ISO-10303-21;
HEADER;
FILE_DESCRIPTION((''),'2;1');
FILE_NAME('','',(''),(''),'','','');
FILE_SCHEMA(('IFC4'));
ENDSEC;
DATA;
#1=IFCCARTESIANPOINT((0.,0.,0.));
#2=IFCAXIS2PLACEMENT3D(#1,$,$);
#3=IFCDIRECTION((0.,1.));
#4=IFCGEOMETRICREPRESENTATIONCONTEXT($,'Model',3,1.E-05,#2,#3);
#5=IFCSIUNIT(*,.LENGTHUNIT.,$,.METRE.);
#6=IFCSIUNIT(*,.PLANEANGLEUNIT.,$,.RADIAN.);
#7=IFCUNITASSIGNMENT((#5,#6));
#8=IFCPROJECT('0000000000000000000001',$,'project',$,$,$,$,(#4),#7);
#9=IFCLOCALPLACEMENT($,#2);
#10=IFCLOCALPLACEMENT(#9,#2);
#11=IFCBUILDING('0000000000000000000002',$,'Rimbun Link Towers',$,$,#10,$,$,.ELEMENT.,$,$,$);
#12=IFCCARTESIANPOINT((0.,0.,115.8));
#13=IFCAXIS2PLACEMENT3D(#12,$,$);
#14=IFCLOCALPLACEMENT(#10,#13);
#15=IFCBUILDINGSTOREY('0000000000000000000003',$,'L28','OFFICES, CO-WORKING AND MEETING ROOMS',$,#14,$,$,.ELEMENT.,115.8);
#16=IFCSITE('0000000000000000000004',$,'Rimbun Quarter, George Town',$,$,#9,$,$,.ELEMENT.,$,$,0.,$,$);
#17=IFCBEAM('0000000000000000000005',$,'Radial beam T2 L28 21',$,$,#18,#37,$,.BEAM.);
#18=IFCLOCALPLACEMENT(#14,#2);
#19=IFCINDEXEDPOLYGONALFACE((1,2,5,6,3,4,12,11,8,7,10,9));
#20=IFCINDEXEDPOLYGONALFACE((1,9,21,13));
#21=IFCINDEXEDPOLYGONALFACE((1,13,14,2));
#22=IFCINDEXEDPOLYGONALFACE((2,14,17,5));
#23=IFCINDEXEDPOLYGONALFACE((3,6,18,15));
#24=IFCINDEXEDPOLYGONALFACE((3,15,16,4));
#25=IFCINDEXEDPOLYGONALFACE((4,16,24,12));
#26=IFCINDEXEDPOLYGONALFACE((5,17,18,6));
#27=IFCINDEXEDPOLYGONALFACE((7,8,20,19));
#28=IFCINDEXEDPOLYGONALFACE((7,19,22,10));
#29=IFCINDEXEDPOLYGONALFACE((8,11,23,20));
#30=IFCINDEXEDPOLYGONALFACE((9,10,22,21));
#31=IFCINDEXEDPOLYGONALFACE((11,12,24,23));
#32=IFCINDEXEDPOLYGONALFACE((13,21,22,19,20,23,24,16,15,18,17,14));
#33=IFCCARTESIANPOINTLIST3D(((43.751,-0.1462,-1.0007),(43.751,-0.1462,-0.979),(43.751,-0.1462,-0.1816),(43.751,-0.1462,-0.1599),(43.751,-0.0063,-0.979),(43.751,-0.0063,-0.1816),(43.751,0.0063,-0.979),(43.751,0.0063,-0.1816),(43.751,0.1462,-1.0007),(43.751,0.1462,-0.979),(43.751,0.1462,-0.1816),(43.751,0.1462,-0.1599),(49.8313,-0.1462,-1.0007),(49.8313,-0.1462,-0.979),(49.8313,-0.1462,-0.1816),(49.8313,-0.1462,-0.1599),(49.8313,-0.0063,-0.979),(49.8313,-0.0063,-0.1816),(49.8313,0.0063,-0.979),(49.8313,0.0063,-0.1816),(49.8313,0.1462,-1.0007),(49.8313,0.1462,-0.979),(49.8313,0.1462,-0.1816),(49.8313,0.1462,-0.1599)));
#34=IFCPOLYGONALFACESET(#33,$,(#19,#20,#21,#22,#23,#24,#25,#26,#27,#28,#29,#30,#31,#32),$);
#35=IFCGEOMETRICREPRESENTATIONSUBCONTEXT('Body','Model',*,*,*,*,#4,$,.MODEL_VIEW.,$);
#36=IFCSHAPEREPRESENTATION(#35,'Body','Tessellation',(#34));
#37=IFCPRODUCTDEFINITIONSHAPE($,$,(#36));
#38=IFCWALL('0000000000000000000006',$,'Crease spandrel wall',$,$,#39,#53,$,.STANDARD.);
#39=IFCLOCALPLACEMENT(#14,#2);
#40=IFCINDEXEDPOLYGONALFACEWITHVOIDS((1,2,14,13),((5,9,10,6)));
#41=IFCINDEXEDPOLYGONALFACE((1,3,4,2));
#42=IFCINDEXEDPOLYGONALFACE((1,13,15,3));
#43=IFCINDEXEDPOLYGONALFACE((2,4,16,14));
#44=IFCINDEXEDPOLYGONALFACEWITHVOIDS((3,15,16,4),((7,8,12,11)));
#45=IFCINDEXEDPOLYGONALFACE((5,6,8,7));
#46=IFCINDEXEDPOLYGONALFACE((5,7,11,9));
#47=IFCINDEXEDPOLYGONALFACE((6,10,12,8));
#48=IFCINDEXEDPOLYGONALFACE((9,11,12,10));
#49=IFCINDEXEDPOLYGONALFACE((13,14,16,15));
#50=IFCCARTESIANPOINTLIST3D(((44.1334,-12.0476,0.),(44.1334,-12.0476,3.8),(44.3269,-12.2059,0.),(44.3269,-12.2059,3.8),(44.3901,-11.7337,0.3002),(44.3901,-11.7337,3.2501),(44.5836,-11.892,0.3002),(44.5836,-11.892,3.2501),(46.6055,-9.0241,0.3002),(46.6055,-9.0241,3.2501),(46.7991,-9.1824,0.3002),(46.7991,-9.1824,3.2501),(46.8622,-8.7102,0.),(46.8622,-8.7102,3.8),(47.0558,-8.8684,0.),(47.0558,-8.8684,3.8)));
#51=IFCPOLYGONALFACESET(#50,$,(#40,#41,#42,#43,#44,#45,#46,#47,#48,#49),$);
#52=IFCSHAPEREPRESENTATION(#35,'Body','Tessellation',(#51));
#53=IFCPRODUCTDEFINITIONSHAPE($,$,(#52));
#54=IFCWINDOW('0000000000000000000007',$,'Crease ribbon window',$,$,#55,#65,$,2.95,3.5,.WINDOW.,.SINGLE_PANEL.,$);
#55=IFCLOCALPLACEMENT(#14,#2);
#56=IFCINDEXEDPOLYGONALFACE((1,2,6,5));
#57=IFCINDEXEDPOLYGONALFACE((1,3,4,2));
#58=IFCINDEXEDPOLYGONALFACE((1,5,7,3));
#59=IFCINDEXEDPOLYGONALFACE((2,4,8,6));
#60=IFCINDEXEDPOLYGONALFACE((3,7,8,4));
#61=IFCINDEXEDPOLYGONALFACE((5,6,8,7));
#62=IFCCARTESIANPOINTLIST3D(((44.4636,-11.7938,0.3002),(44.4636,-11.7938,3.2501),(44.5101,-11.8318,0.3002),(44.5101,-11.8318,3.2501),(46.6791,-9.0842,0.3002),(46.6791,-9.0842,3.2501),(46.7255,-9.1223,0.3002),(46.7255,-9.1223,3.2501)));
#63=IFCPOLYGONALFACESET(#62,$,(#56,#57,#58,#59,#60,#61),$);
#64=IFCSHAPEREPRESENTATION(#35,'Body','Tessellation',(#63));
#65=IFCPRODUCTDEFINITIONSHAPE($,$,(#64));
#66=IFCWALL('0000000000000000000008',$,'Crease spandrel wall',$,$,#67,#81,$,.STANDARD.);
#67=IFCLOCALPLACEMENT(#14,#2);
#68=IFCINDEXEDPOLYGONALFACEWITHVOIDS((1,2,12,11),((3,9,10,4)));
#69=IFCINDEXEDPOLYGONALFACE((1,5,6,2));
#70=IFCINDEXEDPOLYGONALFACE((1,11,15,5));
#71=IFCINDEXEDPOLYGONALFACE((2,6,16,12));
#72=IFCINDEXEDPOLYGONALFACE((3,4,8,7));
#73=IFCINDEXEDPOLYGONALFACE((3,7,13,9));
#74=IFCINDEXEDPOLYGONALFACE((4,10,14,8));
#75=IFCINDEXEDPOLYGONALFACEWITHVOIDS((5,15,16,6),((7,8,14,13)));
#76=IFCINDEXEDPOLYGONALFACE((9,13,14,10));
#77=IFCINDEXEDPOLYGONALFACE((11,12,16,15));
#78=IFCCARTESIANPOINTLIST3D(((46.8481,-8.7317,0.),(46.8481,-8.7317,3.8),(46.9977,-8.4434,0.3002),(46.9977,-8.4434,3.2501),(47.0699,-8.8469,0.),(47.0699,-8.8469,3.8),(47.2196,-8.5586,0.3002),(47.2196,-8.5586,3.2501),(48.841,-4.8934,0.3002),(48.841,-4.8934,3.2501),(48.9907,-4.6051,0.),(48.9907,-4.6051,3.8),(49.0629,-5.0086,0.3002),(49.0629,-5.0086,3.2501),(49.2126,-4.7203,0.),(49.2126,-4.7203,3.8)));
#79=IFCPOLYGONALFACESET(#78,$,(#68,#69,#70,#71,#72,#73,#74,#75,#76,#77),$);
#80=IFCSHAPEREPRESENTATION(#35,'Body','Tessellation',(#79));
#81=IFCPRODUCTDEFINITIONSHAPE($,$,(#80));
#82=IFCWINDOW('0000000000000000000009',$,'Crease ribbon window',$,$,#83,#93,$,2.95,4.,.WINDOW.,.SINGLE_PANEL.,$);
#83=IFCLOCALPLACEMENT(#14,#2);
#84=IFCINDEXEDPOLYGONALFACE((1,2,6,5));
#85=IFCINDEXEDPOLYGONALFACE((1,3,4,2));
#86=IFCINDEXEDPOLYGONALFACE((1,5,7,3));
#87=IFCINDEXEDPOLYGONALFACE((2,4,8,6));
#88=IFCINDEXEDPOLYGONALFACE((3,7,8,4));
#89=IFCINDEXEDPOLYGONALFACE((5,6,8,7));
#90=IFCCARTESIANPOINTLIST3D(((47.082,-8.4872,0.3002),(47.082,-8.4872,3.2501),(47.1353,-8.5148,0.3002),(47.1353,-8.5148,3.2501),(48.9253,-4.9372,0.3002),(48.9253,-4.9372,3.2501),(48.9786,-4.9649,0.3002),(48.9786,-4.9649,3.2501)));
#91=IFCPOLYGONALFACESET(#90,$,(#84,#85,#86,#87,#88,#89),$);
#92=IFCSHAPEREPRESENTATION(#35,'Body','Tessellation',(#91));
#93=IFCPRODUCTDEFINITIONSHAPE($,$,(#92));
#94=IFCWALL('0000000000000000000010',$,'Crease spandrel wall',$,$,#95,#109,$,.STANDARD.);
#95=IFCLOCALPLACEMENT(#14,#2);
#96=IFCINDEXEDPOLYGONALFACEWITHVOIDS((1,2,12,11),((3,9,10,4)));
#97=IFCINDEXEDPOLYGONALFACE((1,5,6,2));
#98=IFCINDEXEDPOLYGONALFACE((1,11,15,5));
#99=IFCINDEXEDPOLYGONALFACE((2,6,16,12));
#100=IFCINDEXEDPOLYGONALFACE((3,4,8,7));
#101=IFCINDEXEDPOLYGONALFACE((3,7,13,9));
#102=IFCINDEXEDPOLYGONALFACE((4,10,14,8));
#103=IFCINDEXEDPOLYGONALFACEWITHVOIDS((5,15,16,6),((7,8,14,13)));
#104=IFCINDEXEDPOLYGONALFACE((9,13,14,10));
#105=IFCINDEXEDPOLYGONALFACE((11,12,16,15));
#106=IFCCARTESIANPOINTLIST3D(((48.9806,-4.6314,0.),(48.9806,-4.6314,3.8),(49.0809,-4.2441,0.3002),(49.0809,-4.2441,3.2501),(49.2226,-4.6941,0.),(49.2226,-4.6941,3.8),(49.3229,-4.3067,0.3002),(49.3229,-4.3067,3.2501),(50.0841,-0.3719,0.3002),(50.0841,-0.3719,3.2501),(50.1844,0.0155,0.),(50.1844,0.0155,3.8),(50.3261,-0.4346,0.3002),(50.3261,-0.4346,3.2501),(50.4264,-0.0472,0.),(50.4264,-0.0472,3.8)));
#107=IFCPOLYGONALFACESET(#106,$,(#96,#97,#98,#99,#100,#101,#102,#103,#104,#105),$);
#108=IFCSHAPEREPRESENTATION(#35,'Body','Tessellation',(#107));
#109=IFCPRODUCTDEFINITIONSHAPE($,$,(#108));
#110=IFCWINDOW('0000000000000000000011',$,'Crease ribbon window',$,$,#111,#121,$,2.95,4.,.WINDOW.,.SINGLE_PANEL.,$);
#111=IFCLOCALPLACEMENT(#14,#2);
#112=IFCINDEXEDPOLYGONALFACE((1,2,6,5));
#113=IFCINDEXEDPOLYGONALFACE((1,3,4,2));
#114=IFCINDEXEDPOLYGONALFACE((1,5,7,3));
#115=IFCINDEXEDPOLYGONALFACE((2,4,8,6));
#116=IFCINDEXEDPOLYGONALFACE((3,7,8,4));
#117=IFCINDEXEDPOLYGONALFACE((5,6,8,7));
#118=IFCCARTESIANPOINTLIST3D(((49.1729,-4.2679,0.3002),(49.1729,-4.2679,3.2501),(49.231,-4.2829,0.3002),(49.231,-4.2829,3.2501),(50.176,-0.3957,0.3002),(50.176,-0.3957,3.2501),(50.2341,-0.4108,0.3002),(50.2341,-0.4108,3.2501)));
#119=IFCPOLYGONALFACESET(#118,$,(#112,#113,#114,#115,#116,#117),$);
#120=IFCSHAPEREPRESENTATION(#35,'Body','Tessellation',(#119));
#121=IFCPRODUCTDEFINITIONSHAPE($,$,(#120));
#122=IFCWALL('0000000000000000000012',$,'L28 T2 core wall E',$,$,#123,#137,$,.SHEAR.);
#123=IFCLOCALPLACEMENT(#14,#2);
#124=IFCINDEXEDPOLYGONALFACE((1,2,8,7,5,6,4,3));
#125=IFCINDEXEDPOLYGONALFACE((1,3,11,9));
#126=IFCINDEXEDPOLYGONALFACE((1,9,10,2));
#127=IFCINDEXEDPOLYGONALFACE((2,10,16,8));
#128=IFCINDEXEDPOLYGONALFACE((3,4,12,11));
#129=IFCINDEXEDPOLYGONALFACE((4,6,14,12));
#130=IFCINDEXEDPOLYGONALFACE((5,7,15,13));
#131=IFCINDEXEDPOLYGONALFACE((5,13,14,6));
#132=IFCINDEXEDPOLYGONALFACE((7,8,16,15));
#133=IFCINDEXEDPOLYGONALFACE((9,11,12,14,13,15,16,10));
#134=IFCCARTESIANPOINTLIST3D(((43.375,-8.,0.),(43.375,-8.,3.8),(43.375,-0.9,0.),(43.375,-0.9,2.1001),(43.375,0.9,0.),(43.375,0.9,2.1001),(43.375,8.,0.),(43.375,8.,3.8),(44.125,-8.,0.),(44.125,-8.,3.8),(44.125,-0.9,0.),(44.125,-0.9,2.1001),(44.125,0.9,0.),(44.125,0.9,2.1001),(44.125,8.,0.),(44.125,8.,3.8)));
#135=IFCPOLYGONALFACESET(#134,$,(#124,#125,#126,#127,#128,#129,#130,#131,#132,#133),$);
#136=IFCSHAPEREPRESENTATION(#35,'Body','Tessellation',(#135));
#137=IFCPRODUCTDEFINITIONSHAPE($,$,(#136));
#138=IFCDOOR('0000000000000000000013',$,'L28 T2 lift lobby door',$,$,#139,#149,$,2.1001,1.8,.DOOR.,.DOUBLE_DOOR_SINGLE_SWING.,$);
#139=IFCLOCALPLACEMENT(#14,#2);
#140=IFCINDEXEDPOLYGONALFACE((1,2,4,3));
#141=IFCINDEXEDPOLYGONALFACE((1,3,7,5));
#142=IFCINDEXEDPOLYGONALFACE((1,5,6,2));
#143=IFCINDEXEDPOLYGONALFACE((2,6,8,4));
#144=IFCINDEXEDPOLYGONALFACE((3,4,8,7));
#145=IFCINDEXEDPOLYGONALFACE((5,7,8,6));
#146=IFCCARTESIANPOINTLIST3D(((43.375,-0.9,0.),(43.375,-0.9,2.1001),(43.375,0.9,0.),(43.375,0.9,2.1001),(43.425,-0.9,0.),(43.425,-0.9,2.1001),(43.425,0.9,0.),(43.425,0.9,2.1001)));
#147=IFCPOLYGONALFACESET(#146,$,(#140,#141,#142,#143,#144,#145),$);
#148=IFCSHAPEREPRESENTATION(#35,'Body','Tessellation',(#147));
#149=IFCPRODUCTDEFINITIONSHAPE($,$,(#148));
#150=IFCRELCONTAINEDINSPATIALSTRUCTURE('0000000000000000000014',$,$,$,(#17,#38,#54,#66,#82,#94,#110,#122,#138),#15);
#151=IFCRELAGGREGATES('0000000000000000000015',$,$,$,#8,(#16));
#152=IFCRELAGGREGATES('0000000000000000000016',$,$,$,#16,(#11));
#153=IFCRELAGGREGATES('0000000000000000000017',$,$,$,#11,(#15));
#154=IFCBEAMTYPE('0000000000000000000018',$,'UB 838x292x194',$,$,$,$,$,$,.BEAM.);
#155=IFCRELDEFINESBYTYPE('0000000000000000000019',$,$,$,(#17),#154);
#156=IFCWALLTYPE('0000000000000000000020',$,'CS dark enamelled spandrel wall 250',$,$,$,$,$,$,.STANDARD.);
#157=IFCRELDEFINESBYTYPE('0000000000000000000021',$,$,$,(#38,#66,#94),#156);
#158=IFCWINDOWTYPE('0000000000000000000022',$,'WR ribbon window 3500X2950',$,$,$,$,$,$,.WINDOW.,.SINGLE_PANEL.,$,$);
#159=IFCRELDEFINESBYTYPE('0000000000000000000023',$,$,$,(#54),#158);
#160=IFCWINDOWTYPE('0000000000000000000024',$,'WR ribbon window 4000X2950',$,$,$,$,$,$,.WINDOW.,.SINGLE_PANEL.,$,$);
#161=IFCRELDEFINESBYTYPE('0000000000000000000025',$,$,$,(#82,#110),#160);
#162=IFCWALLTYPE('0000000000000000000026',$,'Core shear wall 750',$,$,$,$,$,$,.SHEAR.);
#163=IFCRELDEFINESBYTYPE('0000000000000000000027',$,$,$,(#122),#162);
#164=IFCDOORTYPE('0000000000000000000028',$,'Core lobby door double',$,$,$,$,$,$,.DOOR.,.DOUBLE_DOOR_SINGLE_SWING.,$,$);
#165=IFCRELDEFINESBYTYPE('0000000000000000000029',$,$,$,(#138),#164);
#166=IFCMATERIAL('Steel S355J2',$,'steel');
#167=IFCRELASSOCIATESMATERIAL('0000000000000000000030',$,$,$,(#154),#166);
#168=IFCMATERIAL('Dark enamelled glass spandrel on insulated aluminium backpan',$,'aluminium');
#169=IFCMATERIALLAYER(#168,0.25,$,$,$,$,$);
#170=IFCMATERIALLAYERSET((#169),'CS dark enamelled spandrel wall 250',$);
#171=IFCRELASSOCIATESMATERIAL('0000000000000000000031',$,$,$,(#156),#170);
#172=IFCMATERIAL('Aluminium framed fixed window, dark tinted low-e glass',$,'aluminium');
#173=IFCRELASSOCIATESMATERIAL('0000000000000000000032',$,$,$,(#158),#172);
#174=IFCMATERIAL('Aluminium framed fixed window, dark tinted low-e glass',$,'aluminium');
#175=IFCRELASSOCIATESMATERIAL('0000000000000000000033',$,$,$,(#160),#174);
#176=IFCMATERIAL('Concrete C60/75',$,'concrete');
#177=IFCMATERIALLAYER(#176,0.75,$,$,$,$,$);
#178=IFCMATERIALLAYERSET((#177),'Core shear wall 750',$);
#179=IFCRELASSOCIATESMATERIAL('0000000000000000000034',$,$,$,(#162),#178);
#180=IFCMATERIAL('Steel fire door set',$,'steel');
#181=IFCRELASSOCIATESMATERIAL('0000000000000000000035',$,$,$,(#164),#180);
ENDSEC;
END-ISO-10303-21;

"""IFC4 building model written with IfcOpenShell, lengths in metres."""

from ifc_helpers import new_model, si_unit, direction, frame, frame_2d, origin, origin_2d, place, context, subcontext, project, spatial, rectangle, i_section, extrude, material, layer, layer_set, material_profile, profile_set, type_object, element, fill, save


model = new_model("IFC4")

# Units and contexts
model_context = context("Model", 3, precision=1e-05, world=origin(), true_north=direction((0.0, 1.0)))
body_context = subcontext(model_context, "Body", "Model", "MODEL_VIEW")
ifc_project = project(units=[si_unit("LENGTHUNIT", "METRE"), si_unit("PLANEANGLEUNIT", "RADIAN")], contexts=[model_context])

# Site, building, storey
site_placement = place(None, origin())
site = spatial("IfcSite", under=ifc_project, at=site_placement, Name="Rimbun Quarter, George Town", CompositionType="ELEMENT", RefElevation=0.0)
building_placement = place(site_placement, origin())
building = spatial("IfcBuilding", under=site, at=building_placement, Name="Rimbun Link Towers", CompositionType="ELEMENT")
storey_placement = place(building_placement, frame((0.0, 0.0, 115.8)))
storey = spatial("IfcBuildingStorey", under=building, at=storey_placement, Name="L28", Description="OFFICES, CO-WORKING AND MEETING ROOMS", CompositionType="ELEMENT", Elevation=115.8)

# Beam
ifc_material_1 = material(Name="Steel S355J2", Category="steel")
ifc_material_profile_1 = material_profile(ifc_material_1, i_section(OverallWidth=0.2925, OverallDepth=0.8408, WebThickness=0.0127, FlangeThickness=0.0217, at=origin_2d()), Name="UB 838x292x194")
ifc_profile_set_1 = profile_set([ifc_material_profile_1], Name="Steel S355J2")
beam_type_1 = type_object("IfcBeamType", Name="UB 838x292x194", PredefinedType="BEAM", material=ifc_profile_set_1)
beam_1_placement = place(storey_placement, frame((43.751, 0.0, -0.5803), z_axis=(1.0, 0.0, 0.0), x_axis=(0.0, 1.0, 0.0)))
element("IfcBeam", 1, at=beam_1_placement, inside=storey, type_object=beam_type_1, Name="Radial beam T2 L28 21", PredefinedType="BEAM", context=body_context, shape_type="SweptSolid", body=[
    extrude(i_section(OverallWidth=0.2925, OverallDepth=0.8408, WebThickness=0.0127, FlangeThickness=0.0217, at=origin_2d()), origin(), (0.0, 0.0, 1.0), 6.0803),
])

# Walls, openings, windows
ifc_material_2 = material(Name="Dark enamelled glass spandrel on insulated aluminium backpan", Category="aluminium")
ifc_layer_1 = layer(ifc_material_2, 0.25)
ifc_layer_set_1 = layer_set([ifc_layer_1], Name="CS dark enamelled spandrel wall 250")
wall_type_1 = type_object("IfcWallType", Name="CS dark enamelled spandrel wall 250", PredefinedType="STANDARD", material=ifc_layer_set_1)
wall_1_placement = place(storey_placement, frame((46.959, -8.7893, 0.0), z_axis=(0.0, 0.0, 1.0), x_axis=(-0.632982, -0.774167, 0.0)))
wall_1 = element("IfcWall", 2, at=wall_1_placement, inside=storey, type_object=wall_type_1, Name="Crease spandrel wall", PredefinedType="STANDARD", context=body_context, shape_type="SweptSolid", body=[
    extrude(rectangle(XDim=4.311, YDim=0.25, at=frame_2d((2.1555, 0.0))), origin(), (0.0, 0.0, 1.0), 3.8),
])
opening_1_placement = place(wall_1_placement, frame((0.4055, 0.0, 0.3)))
opening_1 = element("IfcOpeningElement", 3, at=opening_1_placement, cuts=wall_1, PredefinedType="OPENING", context=body_context, shape_type="SweptSolid", body=[
    extrude(rectangle(XDim=3.5, YDim=2.95, at=frame_2d((1.75, 1.4751))), frame((0.0, 0.135, 0.0), z_axis=(0.0, -1.0, 0.0), x_axis=(1.0, 0.0, 0.0)), (0.0, 0.0, 1.0), 0.27),
])
ifc_material_3 = material(Name="Aluminium framed fixed window, dark tinted low-e glass", Category="aluminium")
window_type_1 = type_object("IfcWindowType", Name="WR ribbon window 3500X2950", PartitioningType="SINGLE_PANEL", PredefinedType="WINDOW", material=ifc_material_3)
window_1_placement = place(opening_1_placement, origin())
window_1 = element("IfcWindow", 4, at=window_1_placement, inside=storey, type_object=window_type_1, Name="Crease ribbon window", OverallHeight=2.95, OverallWidth=3.5, PartitioningType="SINGLE_PANEL", PredefinedType="WINDOW", context=body_context, shape_type="SweptSolid", body=[
    extrude(rectangle(XDim=3.5, YDim=2.95, at=frame_2d((1.75, 1.4751))), frame((0.0, 0.03, 0.0), z_axis=(0.0, -1.0, 0.0), x_axis=(1.0, 0.0, 0.0)), (0.0, 0.0, 1.0), 0.0601),
])
fill(opening_1, window_1)
wall_2_placement = place(storey_placement, frame((49.1016, -4.6628, 0.0), z_axis=(0.0, 0.0, 1.0), x_axis=(-0.460814, -0.887497, 0.0)))
wall_2 = element("IfcWall", 5, at=wall_2_placement, inside=storey, type_object=wall_type_1, Name="Crease spandrel wall", PredefinedType="STANDARD", context=body_context, shape_type="SweptSolid", body=[
    extrude(rectangle(XDim=4.6497, YDim=0.25, at=frame_2d((2.3247, 0.0))), origin(), (0.0, 0.0, 1.0), 3.8),
])
opening_2_placement = place(wall_2_placement, frame((0.3247, 0.0, 0.3)))
opening_2 = element("IfcOpeningElement", 6, at=opening_2_placement, cuts=wall_2, PredefinedType="OPENING", context=body_context, shape_type="SweptSolid", body=[
    extrude(rectangle(XDim=4.0, YDim=2.95, at=frame_2d((2.0, 1.4751))), frame((0.0, 0.135, 0.0), z_axis=(0.0, -1.0, 0.0), x_axis=(1.0, 0.0, 0.0)), (0.0, 0.0, 1.0), 0.27),
])
ifc_material_4 = material(Name="Aluminium framed fixed window, dark tinted low-e glass", Category="aluminium")
window_type_2 = type_object("IfcWindowType", Name="WR ribbon window 4000X2950", PartitioningType="SINGLE_PANEL", PredefinedType="WINDOW", material=ifc_material_4)
window_2_placement = place(opening_2_placement, origin())
window_2 = element("IfcWindow", 7, at=window_2_placement, inside=storey, type_object=window_type_2, Name="Crease ribbon window", OverallHeight=2.95, OverallWidth=4.0, PartitioningType="SINGLE_PANEL", PredefinedType="WINDOW", context=body_context, shape_type="SweptSolid", body=[
    extrude(rectangle(XDim=4.0, YDim=2.95, at=frame_2d((2.0, 1.4751))), frame((0.0, 0.03, 0.0), z_axis=(0.0, -1.0, 0.0), x_axis=(1.0, 0.0, 0.0)), (0.0, 0.0, 1.0), 0.0601),
])
fill(opening_2, window_2)
wall_3_placement = place(storey_placement, frame((50.3054, -0.0159, 0.0), z_axis=(0.0, 0.0, 1.0), x_axis=(-0.250784, -0.968043, 0.0)))
wall_3 = element("IfcWall", 8, at=wall_3_placement, inside=storey, type_object=wall_type_1, Name="Crease spandrel wall", PredefinedType="STANDARD", context=body_context, shape_type="SweptSolid", body=[
    extrude(rectangle(XDim=4.8003, YDim=0.25, at=frame_2d((2.4001, 0.0))), origin(), (0.0, 0.0, 1.0), 3.8),
])
opening_3_placement = place(wall_3_placement, frame((0.4001, 0.0, 0.3)))
opening_3 = element("IfcOpeningElement", 9, at=opening_3_placement, cuts=wall_3, PredefinedType="OPENING", context=body_context, shape_type="SweptSolid", body=[
    extrude(rectangle(XDim=4.0, YDim=2.95, at=frame_2d((2.0, 1.4751))), frame((0.0, 0.135, 0.0), z_axis=(0.0, -1.0, 0.0), x_axis=(1.0, 0.0, 0.0)), (0.0, 0.0, 1.0), 0.27),
])
window_3_placement = place(opening_3_placement, origin())
window_3 = element("IfcWindow", 10, at=window_3_placement, inside=storey, type_object=window_type_2, Name="Crease ribbon window", OverallHeight=2.95, OverallWidth=4.0, PartitioningType="SINGLE_PANEL", PredefinedType="WINDOW", context=body_context, shape_type="SweptSolid", body=[
    extrude(rectangle(XDim=4.0, YDim=2.95, at=frame_2d((2.0, 1.4751))), frame((0.0, 0.03, 0.0), z_axis=(0.0, -1.0, 0.0), x_axis=(1.0, 0.0, 0.0)), (0.0, 0.0, 1.0), 0.0601),
])
fill(opening_3, window_3)

# Wall, opening, door
ifc_material_5 = material(Name="Concrete C60/75", Category="concrete")
ifc_layer_2 = layer(ifc_material_5, 0.75)
ifc_layer_set_2 = layer_set([ifc_layer_2], Name="Core shear wall 750")
wall_type_2 = type_object("IfcWallType", Name="Core shear wall 750", PredefinedType="SHEAR", material=ifc_layer_set_2)
wall_4_placement = place(storey_placement, frame((43.75, -8.0, 0.0), z_axis=(0.0, 0.0, 1.0), x_axis=(0.0, 1.0, 0.0)))
wall_4 = element("IfcWall", 11, at=wall_4_placement, inside=storey, type_object=wall_type_2, Name="L28 T2 core wall E", PredefinedType="SHEAR", context=body_context, shape_type="SweptSolid", body=[
    extrude(rectangle(XDim=16.0, YDim=0.75, at=frame_2d((8.0, 0.0))), origin(), (0.0, 0.0, 1.0), 3.8),
])
opening_4_placement = place(wall_4_placement, frame((7.1001, 0.0, 0.0)))
opening_4 = element("IfcOpeningElement", 12, at=opening_4_placement, cuts=wall_4, PredefinedType="OPENING", context=body_context, shape_type="SweptSolid", body=[
    extrude(rectangle(XDim=1.8, YDim=2.1001, at=frame_2d((0.8999, 1.05))), frame((0.0, 0.385, 0.0), z_axis=(0.0, -1.0, 0.0), x_axis=(1.0, 0.0, 0.0)), (0.0, 0.0, 1.0), 0.77),
])
ifc_material_6 = material(Name="Steel fire door set", Category="steel")
door_type = type_object("IfcDoorType", Name="Core lobby door double", OperationType="DOUBLE_DOOR_SINGLE_SWING", PredefinedType="DOOR", material=ifc_material_6)
door_placement = place(opening_4_placement, origin())
door = element("IfcDoor", 13, at=door_placement, inside=storey, type_object=door_type, Name="L28 T2 lift lobby door", OperationType="DOUBLE_DOOR_SINGLE_SWING", OverallHeight=2.1001, OverallWidth=1.8, PredefinedType="DOOR", context=body_context, shape_type="SweptSolid", body=[
    extrude(rectangle(XDim=1.8, YDim=2.1001, at=frame_2d((0.8999, 1.05))), frame((0.0, 0.375, 0.0), z_axis=(0.0, -1.0, 0.0), x_axis=(1.0, 0.0, 0.0)), (0.0, 0.0, 1.0), 0.05),
])
fill(opening_4, door)

save(model, "model.ifc")
